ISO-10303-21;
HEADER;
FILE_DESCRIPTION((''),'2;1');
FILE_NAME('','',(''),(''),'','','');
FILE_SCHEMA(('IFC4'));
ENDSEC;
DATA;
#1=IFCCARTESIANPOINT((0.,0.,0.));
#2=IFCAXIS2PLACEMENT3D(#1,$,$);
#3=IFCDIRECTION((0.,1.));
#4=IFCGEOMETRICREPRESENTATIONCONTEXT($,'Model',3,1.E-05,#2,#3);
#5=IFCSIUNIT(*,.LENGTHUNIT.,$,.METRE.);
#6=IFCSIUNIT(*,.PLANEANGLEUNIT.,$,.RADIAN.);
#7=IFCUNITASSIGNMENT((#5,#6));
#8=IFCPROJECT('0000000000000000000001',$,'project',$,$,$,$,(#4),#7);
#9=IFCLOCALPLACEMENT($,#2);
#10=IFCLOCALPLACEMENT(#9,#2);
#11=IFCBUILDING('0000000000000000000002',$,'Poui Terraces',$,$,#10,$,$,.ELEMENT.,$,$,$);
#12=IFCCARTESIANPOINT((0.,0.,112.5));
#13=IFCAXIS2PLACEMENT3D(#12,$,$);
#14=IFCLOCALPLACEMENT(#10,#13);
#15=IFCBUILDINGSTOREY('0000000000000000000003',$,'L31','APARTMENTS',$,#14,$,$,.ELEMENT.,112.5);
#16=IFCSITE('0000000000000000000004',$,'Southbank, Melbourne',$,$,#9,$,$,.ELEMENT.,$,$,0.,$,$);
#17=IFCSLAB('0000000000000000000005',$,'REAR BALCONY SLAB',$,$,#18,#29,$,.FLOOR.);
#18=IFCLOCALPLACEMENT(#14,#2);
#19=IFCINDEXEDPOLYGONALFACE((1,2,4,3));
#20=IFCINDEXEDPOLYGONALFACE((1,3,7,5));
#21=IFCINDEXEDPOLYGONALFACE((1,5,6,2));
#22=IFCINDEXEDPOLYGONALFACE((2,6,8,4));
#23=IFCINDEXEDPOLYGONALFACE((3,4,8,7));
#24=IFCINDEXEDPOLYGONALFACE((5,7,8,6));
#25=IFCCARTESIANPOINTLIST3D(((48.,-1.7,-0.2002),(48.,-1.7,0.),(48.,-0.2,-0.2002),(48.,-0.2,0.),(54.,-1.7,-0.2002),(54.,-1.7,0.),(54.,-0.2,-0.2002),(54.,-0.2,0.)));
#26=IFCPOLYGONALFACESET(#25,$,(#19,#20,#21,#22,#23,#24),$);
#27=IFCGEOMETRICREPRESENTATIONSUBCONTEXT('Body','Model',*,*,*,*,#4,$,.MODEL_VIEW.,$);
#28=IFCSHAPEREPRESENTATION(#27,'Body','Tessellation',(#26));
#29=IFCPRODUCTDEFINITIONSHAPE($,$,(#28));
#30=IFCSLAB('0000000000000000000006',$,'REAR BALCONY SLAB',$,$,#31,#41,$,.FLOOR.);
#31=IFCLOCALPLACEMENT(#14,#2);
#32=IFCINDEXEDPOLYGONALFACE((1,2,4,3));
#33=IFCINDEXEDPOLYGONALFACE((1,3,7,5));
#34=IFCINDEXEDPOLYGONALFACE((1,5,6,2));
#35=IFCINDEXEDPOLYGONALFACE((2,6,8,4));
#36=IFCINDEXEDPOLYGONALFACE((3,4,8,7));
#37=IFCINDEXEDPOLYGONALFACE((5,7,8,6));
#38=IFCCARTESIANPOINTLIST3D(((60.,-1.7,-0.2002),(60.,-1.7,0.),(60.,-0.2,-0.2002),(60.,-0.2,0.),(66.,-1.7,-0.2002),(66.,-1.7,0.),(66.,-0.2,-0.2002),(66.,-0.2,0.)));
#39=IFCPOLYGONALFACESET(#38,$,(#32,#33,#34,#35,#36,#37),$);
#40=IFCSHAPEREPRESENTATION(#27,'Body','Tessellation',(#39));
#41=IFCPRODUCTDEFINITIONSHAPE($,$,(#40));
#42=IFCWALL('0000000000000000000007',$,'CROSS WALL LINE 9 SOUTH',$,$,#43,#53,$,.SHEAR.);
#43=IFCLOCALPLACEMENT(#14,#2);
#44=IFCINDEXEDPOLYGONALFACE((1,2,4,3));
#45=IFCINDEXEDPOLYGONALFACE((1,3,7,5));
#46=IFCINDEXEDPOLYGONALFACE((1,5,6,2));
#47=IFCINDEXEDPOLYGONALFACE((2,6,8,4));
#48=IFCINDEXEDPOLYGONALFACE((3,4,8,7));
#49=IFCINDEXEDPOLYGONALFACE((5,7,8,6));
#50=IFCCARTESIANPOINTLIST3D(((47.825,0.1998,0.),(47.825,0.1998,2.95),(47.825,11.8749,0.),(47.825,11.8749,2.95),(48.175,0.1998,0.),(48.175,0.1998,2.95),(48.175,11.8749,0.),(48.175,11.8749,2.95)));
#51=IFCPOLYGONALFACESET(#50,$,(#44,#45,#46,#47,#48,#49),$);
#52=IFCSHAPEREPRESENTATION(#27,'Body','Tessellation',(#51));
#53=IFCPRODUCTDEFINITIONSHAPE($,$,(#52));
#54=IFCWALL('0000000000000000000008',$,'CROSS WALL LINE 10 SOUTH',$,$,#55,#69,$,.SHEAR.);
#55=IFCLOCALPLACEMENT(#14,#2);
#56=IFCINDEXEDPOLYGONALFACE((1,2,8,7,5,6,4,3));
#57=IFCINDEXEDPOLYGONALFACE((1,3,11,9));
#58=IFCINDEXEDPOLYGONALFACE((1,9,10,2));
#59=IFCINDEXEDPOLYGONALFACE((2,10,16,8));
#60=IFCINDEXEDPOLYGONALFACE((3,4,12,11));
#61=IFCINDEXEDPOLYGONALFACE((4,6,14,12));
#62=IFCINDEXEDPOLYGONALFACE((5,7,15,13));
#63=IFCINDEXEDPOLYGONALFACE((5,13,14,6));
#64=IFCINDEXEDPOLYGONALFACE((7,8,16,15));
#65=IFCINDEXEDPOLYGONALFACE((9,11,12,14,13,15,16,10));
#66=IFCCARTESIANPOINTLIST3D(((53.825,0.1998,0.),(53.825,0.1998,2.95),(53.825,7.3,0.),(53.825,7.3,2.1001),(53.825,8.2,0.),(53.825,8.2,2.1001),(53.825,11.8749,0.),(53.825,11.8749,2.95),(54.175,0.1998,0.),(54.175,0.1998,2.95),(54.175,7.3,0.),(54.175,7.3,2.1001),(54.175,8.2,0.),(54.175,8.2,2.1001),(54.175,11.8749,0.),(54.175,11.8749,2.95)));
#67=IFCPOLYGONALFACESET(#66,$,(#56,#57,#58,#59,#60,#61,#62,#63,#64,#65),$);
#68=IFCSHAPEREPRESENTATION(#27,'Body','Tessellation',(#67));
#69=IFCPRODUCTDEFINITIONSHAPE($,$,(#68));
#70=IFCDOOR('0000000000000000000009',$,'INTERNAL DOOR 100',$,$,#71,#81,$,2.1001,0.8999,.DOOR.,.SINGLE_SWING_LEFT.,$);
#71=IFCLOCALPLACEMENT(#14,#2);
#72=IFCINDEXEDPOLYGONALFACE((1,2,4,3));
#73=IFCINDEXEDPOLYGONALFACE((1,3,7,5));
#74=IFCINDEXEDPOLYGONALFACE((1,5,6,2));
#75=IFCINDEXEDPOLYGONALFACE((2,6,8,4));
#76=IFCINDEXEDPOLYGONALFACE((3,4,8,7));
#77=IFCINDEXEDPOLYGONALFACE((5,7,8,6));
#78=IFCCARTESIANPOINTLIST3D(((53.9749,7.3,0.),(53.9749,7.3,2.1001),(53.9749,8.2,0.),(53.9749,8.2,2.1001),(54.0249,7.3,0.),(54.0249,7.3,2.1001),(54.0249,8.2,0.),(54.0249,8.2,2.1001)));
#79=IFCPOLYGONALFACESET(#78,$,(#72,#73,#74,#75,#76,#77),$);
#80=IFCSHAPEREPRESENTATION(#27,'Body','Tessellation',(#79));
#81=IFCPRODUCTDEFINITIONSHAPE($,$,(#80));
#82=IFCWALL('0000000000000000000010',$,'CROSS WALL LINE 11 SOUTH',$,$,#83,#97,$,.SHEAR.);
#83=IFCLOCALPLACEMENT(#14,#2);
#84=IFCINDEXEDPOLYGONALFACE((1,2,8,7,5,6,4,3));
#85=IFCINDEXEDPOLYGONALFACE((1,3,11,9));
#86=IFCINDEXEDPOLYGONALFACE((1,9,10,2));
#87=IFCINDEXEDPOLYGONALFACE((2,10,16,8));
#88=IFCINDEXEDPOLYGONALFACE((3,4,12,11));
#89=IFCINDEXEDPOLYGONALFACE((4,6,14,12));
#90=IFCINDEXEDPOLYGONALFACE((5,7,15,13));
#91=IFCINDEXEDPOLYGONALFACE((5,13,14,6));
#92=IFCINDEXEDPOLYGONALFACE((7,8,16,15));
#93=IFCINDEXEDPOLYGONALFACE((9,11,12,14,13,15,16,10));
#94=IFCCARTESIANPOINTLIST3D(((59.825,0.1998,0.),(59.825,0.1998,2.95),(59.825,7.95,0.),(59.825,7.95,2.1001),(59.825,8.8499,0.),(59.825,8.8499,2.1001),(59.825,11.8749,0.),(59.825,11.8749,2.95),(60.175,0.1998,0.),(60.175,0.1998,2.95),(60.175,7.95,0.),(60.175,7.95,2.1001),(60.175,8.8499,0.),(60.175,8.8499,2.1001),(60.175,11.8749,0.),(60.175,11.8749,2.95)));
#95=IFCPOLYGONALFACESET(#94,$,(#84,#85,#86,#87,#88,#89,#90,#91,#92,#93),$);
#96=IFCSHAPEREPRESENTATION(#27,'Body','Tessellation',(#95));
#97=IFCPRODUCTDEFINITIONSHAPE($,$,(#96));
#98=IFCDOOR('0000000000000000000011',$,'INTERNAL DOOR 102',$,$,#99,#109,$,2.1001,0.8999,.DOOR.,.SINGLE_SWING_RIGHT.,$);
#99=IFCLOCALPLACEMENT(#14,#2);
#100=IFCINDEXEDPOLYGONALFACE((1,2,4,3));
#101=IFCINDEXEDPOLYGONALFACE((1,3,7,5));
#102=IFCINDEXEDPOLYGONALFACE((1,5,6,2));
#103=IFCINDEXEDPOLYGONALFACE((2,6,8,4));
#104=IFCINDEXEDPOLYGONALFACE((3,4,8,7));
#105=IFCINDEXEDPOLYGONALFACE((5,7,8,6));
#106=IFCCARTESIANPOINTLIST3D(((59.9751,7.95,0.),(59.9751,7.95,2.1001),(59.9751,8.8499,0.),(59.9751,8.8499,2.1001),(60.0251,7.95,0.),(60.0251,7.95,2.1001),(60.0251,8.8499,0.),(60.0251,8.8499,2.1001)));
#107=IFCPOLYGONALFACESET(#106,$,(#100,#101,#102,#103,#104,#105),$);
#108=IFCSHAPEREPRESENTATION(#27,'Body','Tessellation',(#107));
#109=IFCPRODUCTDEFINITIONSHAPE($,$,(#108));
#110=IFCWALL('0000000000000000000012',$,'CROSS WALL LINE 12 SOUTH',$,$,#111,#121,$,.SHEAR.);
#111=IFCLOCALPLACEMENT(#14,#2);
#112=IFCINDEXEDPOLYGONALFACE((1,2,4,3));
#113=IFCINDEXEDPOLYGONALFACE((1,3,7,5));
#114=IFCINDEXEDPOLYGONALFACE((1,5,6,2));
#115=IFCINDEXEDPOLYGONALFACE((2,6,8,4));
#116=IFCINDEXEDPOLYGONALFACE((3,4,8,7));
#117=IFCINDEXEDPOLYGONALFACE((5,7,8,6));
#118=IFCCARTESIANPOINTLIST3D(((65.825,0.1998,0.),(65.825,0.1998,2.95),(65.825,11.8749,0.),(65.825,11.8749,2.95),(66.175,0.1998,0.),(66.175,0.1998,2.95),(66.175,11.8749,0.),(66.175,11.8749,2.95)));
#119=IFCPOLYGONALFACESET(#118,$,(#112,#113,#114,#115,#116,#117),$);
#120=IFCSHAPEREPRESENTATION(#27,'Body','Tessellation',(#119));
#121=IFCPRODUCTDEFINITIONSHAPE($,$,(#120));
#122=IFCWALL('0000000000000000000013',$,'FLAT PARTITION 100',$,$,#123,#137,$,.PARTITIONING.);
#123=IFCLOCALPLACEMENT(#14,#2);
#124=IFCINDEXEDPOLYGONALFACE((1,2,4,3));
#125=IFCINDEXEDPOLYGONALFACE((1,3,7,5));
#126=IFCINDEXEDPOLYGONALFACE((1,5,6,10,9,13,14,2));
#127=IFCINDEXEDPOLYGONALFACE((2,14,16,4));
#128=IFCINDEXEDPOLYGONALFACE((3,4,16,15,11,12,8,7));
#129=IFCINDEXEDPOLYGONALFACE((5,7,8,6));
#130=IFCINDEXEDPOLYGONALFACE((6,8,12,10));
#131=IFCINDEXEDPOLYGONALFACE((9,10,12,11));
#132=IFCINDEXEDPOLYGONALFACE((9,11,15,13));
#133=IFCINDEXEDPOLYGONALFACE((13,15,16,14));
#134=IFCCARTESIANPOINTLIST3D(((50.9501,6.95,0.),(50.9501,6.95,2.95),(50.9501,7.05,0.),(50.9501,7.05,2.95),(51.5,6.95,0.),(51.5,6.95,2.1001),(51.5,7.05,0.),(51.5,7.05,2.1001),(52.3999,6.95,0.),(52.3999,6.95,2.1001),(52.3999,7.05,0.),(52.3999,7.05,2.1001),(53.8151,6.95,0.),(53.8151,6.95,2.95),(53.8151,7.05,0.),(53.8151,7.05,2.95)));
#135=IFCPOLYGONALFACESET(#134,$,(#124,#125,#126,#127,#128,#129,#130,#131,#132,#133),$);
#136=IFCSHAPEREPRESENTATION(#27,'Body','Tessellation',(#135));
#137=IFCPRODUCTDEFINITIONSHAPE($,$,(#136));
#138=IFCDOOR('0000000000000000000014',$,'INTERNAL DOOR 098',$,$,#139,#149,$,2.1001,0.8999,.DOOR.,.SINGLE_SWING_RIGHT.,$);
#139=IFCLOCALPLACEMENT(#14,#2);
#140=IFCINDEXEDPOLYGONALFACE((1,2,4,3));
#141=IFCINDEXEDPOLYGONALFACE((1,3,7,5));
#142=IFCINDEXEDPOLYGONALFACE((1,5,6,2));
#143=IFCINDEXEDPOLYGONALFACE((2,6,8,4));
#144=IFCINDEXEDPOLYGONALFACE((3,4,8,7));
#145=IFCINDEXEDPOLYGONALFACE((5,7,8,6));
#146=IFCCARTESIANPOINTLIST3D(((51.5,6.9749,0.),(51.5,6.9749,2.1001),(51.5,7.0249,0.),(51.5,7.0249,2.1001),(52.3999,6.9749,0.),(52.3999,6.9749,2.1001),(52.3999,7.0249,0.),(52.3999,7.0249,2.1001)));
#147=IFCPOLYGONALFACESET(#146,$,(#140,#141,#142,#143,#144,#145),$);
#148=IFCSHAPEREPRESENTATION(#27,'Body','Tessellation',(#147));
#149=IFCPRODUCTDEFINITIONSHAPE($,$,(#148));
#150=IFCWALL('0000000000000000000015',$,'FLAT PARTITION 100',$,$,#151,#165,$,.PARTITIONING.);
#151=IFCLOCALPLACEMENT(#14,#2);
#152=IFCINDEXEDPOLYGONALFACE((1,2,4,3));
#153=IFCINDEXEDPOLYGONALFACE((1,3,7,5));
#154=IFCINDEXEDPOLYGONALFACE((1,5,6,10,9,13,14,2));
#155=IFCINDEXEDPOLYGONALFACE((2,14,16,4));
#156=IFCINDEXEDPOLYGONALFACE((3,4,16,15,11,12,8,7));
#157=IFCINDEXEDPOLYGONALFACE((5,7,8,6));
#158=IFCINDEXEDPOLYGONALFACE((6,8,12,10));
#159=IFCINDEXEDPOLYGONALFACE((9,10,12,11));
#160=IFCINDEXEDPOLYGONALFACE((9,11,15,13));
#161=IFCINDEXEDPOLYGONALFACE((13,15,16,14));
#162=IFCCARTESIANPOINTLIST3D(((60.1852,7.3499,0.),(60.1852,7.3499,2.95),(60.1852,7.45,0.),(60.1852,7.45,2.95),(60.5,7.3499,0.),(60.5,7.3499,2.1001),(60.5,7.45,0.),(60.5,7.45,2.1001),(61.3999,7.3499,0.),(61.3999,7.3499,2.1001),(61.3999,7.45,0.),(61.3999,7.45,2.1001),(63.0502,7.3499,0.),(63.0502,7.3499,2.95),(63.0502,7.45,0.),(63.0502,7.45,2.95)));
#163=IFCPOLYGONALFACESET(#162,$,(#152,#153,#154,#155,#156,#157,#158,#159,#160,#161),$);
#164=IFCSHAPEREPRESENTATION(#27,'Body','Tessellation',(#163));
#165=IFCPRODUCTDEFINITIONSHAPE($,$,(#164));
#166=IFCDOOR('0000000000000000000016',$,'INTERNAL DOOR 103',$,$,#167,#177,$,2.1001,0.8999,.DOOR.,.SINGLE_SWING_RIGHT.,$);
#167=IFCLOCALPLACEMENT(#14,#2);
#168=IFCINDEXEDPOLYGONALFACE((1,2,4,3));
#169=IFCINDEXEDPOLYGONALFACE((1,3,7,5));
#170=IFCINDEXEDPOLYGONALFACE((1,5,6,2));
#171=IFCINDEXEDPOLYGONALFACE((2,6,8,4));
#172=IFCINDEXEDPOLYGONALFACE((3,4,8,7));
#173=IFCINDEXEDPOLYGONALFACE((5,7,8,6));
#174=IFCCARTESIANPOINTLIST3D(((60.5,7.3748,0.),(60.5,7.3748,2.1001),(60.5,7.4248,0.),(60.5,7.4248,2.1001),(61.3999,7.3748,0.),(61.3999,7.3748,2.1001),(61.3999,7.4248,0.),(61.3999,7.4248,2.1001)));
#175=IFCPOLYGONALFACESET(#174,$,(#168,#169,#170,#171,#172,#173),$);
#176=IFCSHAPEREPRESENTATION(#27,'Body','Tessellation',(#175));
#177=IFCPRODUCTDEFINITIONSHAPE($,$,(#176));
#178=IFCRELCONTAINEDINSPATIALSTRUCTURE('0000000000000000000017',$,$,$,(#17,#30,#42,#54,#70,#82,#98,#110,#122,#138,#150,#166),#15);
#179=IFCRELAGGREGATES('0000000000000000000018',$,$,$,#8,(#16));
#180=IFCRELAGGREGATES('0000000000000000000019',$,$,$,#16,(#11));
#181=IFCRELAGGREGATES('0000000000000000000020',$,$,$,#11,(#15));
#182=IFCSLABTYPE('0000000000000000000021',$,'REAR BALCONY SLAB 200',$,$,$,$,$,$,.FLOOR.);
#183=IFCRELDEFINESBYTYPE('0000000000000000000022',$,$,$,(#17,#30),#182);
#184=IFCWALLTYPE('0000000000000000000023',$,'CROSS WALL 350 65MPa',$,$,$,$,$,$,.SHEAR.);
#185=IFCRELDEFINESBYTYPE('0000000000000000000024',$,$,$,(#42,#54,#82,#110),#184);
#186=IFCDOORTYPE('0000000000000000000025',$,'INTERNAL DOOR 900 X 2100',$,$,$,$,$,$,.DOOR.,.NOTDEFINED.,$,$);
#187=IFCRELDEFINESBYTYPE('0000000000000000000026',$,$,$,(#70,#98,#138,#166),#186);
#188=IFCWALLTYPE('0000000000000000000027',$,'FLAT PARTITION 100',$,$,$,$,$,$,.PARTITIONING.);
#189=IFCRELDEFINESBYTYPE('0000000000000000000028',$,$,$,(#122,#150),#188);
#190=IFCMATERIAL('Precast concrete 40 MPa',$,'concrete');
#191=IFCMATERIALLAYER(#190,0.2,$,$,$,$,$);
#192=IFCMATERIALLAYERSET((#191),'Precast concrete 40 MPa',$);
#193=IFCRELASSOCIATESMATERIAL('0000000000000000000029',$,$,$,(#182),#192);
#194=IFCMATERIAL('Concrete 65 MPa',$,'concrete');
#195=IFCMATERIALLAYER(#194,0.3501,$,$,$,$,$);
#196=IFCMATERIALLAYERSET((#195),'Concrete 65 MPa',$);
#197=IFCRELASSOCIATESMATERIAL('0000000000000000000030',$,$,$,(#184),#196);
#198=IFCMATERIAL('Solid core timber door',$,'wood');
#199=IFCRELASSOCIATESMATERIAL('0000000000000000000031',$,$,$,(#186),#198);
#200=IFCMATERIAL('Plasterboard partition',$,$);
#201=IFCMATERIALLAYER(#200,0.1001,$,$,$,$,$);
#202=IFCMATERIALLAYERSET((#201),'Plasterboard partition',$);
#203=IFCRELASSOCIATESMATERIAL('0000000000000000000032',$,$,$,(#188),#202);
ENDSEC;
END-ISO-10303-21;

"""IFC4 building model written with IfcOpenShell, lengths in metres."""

from ifc_helpers import new_model, si_unit, direction, frame, frame_2d, origin, place, context, subcontext, project, spatial, polyline, rectangle, outline, extrude, source, transform, mapped, material, layer, layer_set, type_object, element, fill, save


model = new_model("IFC4")

# Units and contexts
model_context = context("Model", 3, precision=1e-05, world=origin(), true_north=direction((0.0, 1.0)))
body_context = subcontext(model_context, "Body", "Model", "MODEL_VIEW")
ifc_project = project(units=[si_unit("LENGTHUNIT", "METRE"), si_unit("PLANEANGLEUNIT", "RADIAN")], contexts=[model_context])

# Site, building, storey
site_placement = place(None, origin())
site = spatial("IfcSite", under=ifc_project, at=site_placement, Name="Southbank, Melbourne", CompositionType="ELEMENT", RefElevation=0.0)
building_placement = place(site_placement, origin())
building = spatial("IfcBuilding", under=site, at=building_placement, Name="Poui Terraces", CompositionType="ELEMENT")
storey_placement = place(building_placement, frame((0.0, 0.0, 112.5)))
storey = spatial("IfcBuildingStorey", under=building, at=storey_placement, Name="L31", Description="APARTMENTS", CompositionType="ELEMENT", Elevation=112.5)

# Slabs
ifc_material_1 = material(Name="Precast concrete 40 MPa", Category="concrete")
ifc_layer_1 = layer(ifc_material_1, 0.2)
ifc_layer_set_1 = layer_set([ifc_layer_1], Name="Precast concrete 40 MPa")
slab_type = type_object("IfcSlabType", Name="REAR BALCONY SLAB 200", PredefinedType="FLOOR", material=ifc_layer_set_1)
shared_shape_1 = source(origin(), body_context, "Body", "SweptSolid", [
    extrude(outline(polyline([(0.0, 0.0), (6.0, 0.0), (6.0, 1.5), (0.0, 1.5), (0.0, 0.0)])), origin(), (0.0, 0.0, 1.0), 0.2002),
])
for number, where, name in (
    (1, (48.0, -1.7, -0.2002), "REAR BALCONY SLAB"),
    (2, (60.0, -1.7, -0.2002), "REAR BALCONY SLAB"),
):
    element("IfcSlab", number, at=place(storey_placement, frame(where)), inside=storey, type_object=slab_type, Name=name, PredefinedType="FLOOR", context=body_context, shape_type="MappedRepresentation", body=[
        mapped(shared_shape_1, transform((0.0, 0.0, 0.0))),
    ])

# Wall
ifc_material_2 = material(Name="Concrete 65 MPa", Category="concrete")
ifc_layer_2 = layer(ifc_material_2, 0.3501)
ifc_layer_set_2 = layer_set([ifc_layer_2], Name="Concrete 65 MPa")
wall_type_1 = type_object("IfcWallType", Name="CROSS WALL 350 65MPa", PredefinedType="SHEAR", material=ifc_layer_set_2)
wall_1_placement = place(storey_placement, frame((48.0, 0.2, 0.0), z_axis=(0.0, 0.0, 1.0), x_axis=(0.0, 1.0, 0.0)))
element("IfcWall", 3, at=wall_1_placement, inside=storey, type_object=wall_type_1, Name="CROSS WALL LINE 9 SOUTH", PredefinedType="SHEAR", context=body_context, shape_type="SweptSolid", body=[
    extrude(rectangle(XDim=11.675, YDim=0.3501, at=frame_2d((5.8374, 0.0))), origin(), (0.0, 0.0, 1.0), 2.95),
])

# Walls, openings, doors
wall_2_placement = place(storey_placement, frame((54.0, 0.2, 0.0), z_axis=(0.0, 0.0, 1.0), x_axis=(0.0, 1.0, 0.0)))
wall_2 = element("IfcWall", 4, at=wall_2_placement, inside=storey, type_object=wall_type_1, Name="CROSS WALL LINE 10 SOUTH", PredefinedType="SHEAR", context=body_context, shape_type="SweptSolid", body=[
    extrude(rectangle(XDim=11.675, YDim=0.3501, at=frame_2d((5.8374, 0.0))), origin(), (0.0, 0.0, 1.0), 2.95),
])
opening_1_placement = place(wall_2_placement, frame((7.1001, 0.0, 0.0)))
opening_1 = element("IfcOpeningElement", 5, at=opening_1_placement, cuts=wall_2, PredefinedType="OPENING", context=body_context, shape_type="SweptSolid", body=[
    extrude(rectangle(XDim=0.8999, YDim=2.1001, at=frame_2d((0.45, 1.05))), frame((0.0, 0.1851, 0.0), z_axis=(0.0, -1.0, 0.0), x_axis=(1.0, 0.0, 0.0)), (0.0, 0.0, 1.0), 0.3701),
])
ifc_material_3 = material(Name="Solid core timber door", Category="wood")
door_type_1 = type_object("IfcDoorType", Name="INTERNAL DOOR 900 X 2100", OperationType="NOTDEFINED", PredefinedType="DOOR", material=ifc_material_3)
door_1_placement = place(opening_1_placement, frame((0.8999, 0.0, 0.0), z_axis=(0.0, 0.0, 1.0), x_axis=(-1.0, 0.0, 0.0)))
door_1 = element("IfcDoor", 6, at=door_1_placement, inside=storey, type_object=door_type_1, Name="INTERNAL DOOR 100", OperationType="SINGLE_SWING_LEFT", OverallHeight=2.1001, OverallWidth=0.8999, PredefinedType="DOOR", context=body_context, shape_type="SweptSolid", body=[
    extrude(rectangle(XDim=0.8999, YDim=2.1001, at=frame_2d((0.45, 1.05))), frame((0.0, 0.0249, 0.0), z_axis=(0.0, -1.0, 0.0), x_axis=(1.0, 0.0, 0.0)), (0.0, 0.0, 1.0), 0.05),
])
fill(opening_1, door_1)
wall_3_placement = place(storey_placement, frame((60.0, 0.2, 0.0), z_axis=(0.0, 0.0, 1.0), x_axis=(0.0, 1.0, 0.0)))
wall_3 = element("IfcWall", 7, at=wall_3_placement, inside=storey, type_object=wall_type_1, Name="CROSS WALL LINE 11 SOUTH", PredefinedType="SHEAR", context=body_context, shape_type="SweptSolid", body=[
    extrude(rectangle(XDim=11.675, YDim=0.3501, at=frame_2d((5.8374, 0.0))), origin(), (0.0, 0.0, 1.0), 2.95),
])
opening_2_placement = place(wall_3_placement, frame((7.75, 0.0, 0.0)))
opening_2 = element("IfcOpeningElement", 8, at=opening_2_placement, cuts=wall_3, PredefinedType="OPENING", context=body_context, shape_type="SweptSolid", body=[
    extrude(rectangle(XDim=0.8999, YDim=2.1001, at=frame_2d((0.45, 1.05))), frame((0.0, 0.1851, 0.0), z_axis=(0.0, -1.0, 0.0), x_axis=(1.0, 0.0, 0.0)), (0.0, 0.0, 1.0), 0.3701),
])
door_2_placement = place(opening_2_placement, origin())
door_2 = element("IfcDoor", 9, at=door_2_placement, inside=storey, type_object=door_type_1, Name="INTERNAL DOOR 102", OperationType="SINGLE_SWING_RIGHT", OverallHeight=2.1001, OverallWidth=0.8999, PredefinedType="DOOR", context=body_context, shape_type="SweptSolid", body=[
    extrude(rectangle(XDim=0.8999, YDim=2.1001, at=frame_2d((0.45, 1.05))), frame((0.0, 0.0249, 0.0), z_axis=(0.0, -1.0, 0.0), x_axis=(1.0, 0.0, 0.0)), (0.0, 0.0, 1.0), 0.05),
])
fill(opening_2, door_2)

# Wall
wall_4_placement = place(storey_placement, frame((66.0, 0.2, 0.0), z_axis=(0.0, 0.0, 1.0), x_axis=(0.0, 1.0, 0.0)))
element("IfcWall", 10, at=wall_4_placement, inside=storey, type_object=wall_type_1, Name="CROSS WALL LINE 12 SOUTH", PredefinedType="SHEAR", context=body_context, shape_type="SweptSolid", body=[
    extrude(rectangle(XDim=11.675, YDim=0.3501, at=frame_2d((5.8374, 0.0))), origin(), (0.0, 0.0, 1.0), 2.95),
])

# Walls, openings, doors
ifc_material_4 = material(Name="Plasterboard partition")
ifc_layer_3 = layer(ifc_material_4, 0.1001)
ifc_layer_set_3 = layer_set([ifc_layer_3], Name="Plasterboard partition")
wall_type_2 = type_object("IfcWallType", Name="FLAT PARTITION 100", PredefinedType="PARTITIONING", material=ifc_layer_set_3)
wall_5_placement = place(storey_placement, frame((50.95, 7.0, 0.0), z_axis=(0.0, 0.0, 1.0), x_axis=(1.0, 0.0, 0.0)))
wall_5 = element("IfcWall", 11, at=wall_5_placement, inside=storey, type_object=wall_type_2, Name="FLAT PARTITION 100", PredefinedType="PARTITIONING", context=body_context, shape_type="SweptSolid", body=[
    extrude(rectangle(XDim=2.865, YDim=0.1001, at=frame_2d((1.4326, 0.0))), origin(), (0.0, 0.0, 1.0), 2.95),
])
opening_3_placement = place(wall_5_placement, frame((0.55, 0.0, 0.0)))
opening_3 = element("IfcOpeningElement", 12, at=opening_3_placement, cuts=wall_5, PredefinedType="OPENING", context=body_context, shape_type="SweptSolid", body=[
    extrude(rectangle(XDim=0.8999, YDim=2.1001, at=frame_2d((0.45, 1.05))), frame((0.0, 0.0601, 0.0), z_axis=(0.0, -1.0, 0.0), x_axis=(1.0, 0.0, 0.0)), (0.0, 0.0, 1.0), 0.1201),
])
door_3_placement = place(opening_3_placement, origin())
door_3 = element("IfcDoor", 13, at=door_3_placement, inside=storey, type_object=door_type_1, Name="INTERNAL DOOR 098", OperationType="SINGLE_SWING_RIGHT", OverallHeight=2.1001, OverallWidth=0.8999, PredefinedType="DOOR", context=body_context, shape_type="SweptSolid", body=[
    extrude(rectangle(XDim=0.8999, YDim=2.1001, at=frame_2d((0.45, 1.05))), frame((0.0, 0.0249, 0.0), z_axis=(0.0, -1.0, 0.0), x_axis=(1.0, 0.0, 0.0)), (0.0, 0.0, 1.0), 0.05),
])
fill(opening_3, door_3)
wall_6_placement = place(storey_placement, frame((60.1851, 7.3999, 0.0), z_axis=(0.0, 0.0, 1.0), x_axis=(1.0, 0.0, 0.0)))
wall_6 = element("IfcWall", 14, at=wall_6_placement, inside=storey, type_object=wall_type_2, Name="FLAT PARTITION 100", PredefinedType="PARTITIONING", context=body_context, shape_type="SweptSolid", body=[
    extrude(rectangle(XDim=2.865, YDim=0.1001, at=frame_2d((1.4326, 0.0))), origin(), (0.0, 0.0, 1.0), 2.95),
])
opening_4_placement = place(wall_6_placement, frame((0.3149, 0.0, 0.0)))
opening_4 = element("IfcOpeningElement", 15, at=opening_4_placement, cuts=wall_6, PredefinedType="OPENING", context=body_context, shape_type="SweptSolid", body=[
    extrude(rectangle(XDim=0.8999, YDim=2.1001, at=frame_2d((0.45, 1.05))), frame((0.0, 0.0601, 0.0), z_axis=(0.0, -1.0, 0.0), x_axis=(1.0, 0.0, 0.0)), (0.0, 0.0, 1.0), 0.1201),
])
door_4_placement = place(opening_4_placement, origin())
door_4 = element("IfcDoor", 16, at=door_4_placement, inside=storey, type_object=door_type_1, Name="INTERNAL DOOR 103", OperationType="SINGLE_SWING_RIGHT", OverallHeight=2.1001, OverallWidth=0.8999, PredefinedType="DOOR", context=body_context, shape_type="SweptSolid", body=[
    extrude(rectangle(XDim=0.8999, YDim=2.1001, at=frame_2d((0.45, 1.05))), frame((0.0, 0.0249, 0.0), z_axis=(0.0, -1.0, 0.0), x_axis=(1.0, 0.0, 0.0)), (0.0, 0.0, 1.0), 0.05),
])
fill(opening_4, door_4)

save(model, "model.ifc")
